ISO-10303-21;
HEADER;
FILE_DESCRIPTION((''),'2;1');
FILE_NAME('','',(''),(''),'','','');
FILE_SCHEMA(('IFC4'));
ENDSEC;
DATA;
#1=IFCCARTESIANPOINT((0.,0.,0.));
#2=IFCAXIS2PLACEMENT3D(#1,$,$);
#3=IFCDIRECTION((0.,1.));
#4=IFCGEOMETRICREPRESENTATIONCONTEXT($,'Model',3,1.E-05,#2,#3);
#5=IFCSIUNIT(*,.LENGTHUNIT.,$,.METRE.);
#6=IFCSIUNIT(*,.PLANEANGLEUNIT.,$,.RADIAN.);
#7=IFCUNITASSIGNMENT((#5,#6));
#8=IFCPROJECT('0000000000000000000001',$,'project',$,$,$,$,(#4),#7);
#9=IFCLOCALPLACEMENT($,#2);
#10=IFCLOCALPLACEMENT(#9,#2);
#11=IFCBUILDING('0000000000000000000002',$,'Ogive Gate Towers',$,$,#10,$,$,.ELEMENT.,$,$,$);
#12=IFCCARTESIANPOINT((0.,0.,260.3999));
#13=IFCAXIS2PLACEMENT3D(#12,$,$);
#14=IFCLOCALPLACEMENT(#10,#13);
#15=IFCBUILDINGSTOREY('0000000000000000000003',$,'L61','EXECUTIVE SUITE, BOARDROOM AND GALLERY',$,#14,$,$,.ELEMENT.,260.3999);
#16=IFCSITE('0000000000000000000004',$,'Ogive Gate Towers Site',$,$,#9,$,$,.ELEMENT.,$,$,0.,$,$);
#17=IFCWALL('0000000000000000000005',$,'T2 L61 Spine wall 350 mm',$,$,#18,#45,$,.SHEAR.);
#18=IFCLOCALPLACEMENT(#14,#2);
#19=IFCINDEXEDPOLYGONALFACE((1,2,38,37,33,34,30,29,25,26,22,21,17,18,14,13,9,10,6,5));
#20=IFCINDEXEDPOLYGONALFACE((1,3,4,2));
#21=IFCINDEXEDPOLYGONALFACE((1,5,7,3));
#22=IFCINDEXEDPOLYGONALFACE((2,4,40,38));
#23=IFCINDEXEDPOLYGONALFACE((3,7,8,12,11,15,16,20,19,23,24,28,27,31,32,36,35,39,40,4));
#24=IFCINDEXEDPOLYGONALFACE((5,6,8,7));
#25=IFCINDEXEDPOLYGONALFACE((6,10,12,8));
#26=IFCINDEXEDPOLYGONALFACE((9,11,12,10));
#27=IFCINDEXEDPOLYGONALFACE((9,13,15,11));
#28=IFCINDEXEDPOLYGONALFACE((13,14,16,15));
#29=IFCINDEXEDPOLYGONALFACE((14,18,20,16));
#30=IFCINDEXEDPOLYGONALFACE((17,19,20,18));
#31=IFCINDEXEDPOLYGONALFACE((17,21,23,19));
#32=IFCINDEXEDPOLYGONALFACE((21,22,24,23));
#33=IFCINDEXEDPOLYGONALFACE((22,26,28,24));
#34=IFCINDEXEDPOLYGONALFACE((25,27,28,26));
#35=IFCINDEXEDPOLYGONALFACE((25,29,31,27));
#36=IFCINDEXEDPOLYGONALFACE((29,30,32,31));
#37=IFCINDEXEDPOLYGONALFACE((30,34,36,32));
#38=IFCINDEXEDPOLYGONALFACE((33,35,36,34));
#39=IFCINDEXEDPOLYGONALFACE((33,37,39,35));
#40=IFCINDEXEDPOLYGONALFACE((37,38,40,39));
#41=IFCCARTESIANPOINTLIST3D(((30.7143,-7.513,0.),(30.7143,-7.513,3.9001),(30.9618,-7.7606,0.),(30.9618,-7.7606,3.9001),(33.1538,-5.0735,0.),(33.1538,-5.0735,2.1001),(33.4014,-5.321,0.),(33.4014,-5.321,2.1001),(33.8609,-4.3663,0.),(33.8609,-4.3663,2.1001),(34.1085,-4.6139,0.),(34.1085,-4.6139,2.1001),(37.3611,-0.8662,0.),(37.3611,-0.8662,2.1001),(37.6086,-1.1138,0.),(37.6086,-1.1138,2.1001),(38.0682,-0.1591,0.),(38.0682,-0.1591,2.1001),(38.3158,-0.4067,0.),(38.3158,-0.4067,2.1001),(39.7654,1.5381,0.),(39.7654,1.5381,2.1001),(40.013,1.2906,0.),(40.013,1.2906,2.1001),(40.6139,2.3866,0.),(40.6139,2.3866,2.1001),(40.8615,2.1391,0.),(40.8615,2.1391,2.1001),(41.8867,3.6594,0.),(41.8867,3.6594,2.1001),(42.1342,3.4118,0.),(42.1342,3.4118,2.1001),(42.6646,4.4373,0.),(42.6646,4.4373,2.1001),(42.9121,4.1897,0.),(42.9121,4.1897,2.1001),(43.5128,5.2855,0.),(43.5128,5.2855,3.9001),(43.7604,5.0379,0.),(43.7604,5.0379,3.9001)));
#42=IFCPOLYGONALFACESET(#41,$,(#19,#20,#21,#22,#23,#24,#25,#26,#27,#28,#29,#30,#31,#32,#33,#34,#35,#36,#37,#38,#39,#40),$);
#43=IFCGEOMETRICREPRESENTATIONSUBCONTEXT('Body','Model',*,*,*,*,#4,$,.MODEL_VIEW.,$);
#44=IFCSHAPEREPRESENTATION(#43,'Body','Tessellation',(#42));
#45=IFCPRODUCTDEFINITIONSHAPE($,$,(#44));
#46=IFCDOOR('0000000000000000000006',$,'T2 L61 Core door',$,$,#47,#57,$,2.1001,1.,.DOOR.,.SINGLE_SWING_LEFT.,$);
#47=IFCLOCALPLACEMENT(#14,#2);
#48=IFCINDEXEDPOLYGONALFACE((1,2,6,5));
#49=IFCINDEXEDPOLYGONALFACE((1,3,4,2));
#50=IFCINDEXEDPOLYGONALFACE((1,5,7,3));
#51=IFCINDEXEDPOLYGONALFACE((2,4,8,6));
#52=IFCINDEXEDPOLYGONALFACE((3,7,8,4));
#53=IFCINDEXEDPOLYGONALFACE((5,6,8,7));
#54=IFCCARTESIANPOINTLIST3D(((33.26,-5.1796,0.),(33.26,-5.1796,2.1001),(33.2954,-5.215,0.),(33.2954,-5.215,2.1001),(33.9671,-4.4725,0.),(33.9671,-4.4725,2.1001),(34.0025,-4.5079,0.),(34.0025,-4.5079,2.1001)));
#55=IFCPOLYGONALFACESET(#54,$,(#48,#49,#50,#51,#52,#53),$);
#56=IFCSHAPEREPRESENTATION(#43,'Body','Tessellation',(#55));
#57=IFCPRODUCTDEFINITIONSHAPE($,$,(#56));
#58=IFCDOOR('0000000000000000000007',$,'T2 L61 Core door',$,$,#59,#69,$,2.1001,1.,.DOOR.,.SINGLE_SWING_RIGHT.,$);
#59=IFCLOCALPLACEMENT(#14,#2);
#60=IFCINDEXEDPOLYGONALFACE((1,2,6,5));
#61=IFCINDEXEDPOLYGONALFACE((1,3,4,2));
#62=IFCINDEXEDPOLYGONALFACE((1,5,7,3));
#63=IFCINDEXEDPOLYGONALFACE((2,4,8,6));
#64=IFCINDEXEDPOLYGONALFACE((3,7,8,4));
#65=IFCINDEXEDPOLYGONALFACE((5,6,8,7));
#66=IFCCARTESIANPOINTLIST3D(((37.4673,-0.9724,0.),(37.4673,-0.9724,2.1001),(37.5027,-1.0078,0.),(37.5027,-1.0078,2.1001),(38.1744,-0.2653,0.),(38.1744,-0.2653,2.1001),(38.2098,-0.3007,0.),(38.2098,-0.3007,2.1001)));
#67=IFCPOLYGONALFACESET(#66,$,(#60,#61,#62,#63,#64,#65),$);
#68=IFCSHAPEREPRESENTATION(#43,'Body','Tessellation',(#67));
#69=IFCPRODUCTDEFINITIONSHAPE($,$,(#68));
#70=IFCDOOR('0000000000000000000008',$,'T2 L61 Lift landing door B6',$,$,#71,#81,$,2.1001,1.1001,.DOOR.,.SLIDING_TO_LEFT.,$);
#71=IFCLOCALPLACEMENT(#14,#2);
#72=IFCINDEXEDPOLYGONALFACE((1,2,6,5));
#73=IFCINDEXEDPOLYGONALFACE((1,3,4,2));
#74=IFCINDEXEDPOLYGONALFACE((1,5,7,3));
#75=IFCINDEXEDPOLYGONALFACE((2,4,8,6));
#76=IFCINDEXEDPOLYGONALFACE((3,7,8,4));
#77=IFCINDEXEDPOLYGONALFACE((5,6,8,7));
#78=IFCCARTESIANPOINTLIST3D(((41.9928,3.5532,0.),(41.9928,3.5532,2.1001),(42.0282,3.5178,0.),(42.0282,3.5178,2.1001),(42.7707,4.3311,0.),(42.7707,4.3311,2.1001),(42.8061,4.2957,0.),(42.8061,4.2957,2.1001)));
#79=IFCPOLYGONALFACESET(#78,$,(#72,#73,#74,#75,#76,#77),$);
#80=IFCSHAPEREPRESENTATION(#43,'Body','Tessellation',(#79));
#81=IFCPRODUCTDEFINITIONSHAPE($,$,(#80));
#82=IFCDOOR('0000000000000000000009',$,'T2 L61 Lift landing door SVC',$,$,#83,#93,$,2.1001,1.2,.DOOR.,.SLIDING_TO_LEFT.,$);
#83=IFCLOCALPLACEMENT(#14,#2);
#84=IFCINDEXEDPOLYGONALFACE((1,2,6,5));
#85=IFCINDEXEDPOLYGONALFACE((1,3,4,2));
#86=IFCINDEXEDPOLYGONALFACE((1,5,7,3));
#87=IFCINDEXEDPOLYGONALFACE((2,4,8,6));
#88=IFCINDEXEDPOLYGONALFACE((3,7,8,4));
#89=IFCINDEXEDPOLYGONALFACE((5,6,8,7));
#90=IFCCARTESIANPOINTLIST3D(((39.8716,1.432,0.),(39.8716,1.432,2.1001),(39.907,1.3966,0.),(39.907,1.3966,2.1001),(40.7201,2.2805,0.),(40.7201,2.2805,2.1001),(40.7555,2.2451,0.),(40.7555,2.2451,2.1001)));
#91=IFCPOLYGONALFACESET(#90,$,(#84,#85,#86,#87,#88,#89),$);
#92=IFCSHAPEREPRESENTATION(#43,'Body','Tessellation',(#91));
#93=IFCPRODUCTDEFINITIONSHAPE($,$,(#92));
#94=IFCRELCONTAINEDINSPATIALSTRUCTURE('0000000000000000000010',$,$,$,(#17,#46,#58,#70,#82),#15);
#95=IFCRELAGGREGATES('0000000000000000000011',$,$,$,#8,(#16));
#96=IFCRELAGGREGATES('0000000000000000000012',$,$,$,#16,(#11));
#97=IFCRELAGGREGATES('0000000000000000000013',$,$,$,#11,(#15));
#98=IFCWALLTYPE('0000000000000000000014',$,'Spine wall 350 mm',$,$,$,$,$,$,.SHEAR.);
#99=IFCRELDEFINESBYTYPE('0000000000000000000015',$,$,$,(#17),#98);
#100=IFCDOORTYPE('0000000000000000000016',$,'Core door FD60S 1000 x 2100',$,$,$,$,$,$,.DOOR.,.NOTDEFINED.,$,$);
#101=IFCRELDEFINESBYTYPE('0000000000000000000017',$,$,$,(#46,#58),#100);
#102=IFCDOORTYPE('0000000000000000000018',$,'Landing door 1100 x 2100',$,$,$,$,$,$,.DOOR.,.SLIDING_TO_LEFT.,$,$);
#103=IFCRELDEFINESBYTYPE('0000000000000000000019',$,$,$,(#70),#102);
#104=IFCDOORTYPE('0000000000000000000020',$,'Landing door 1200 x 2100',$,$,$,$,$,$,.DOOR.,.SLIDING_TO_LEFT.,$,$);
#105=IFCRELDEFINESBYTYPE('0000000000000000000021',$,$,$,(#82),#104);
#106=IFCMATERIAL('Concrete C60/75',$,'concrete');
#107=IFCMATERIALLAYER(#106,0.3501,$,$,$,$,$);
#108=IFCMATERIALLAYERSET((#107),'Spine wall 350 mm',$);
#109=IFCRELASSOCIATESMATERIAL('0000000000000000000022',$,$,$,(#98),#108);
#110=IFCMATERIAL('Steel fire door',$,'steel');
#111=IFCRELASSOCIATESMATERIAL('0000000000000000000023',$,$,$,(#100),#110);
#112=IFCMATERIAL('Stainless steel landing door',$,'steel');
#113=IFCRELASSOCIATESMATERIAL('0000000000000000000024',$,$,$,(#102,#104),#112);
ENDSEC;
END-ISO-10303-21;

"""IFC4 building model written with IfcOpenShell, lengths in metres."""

from ifc_helpers import new_model, si_unit, direction, frame, frame_2d, origin, place, context, subcontext, project, spatial, rectangle, extrude, material, layer, layer_set, type_object, element, fill, save


model = new_model("IFC4")

# Units and contexts
model_context = context("Model", 3, precision=1e-05, world=origin(), true_north=direction((0.0, 1.0)))
body_context = subcontext(model_context, "Body", "Model", "MODEL_VIEW")
ifc_project = project(units=[si_unit("LENGTHUNIT", "METRE"), si_unit("PLANEANGLEUNIT", "RADIAN")], contexts=[model_context])

# Site, building, storey
site_placement = place(None, origin())
site = spatial("IfcSite", under=ifc_project, at=site_placement, Name="Ogive Gate Towers Site", CompositionType="ELEMENT", RefElevation=0.0)
building_placement = place(site_placement, origin())
building = spatial("IfcBuilding", under=site, at=building_placement, Name="Ogive Gate Towers", CompositionType="ELEMENT")
storey_placement = place(building_placement, frame((0.0, 0.0, 260.3999)))
storey = spatial("IfcBuildingStorey", under=building, at=storey_placement, Name="L61", Description="EXECUTIVE SUITE, BOARDROOM AND GALLERY", CompositionType="ELEMENT", Elevation=260.3999)

# Shared definitions
ifc_material_1 = material(Name="Concrete C60/75", Category="concrete")

# Wall, openings, doors
ifc_layer_1 = layer(ifc_material_1, 0.3501)
ifc_layer_set_1 = layer_set([ifc_layer_1], Name="Spine wall 350 mm")
wall_type_1 = type_object("IfcWallType", Name="Spine wall 350 mm", PredefinedType="SHEAR", material=ifc_layer_set_1)
wall_1_placement = place(storey_placement, frame((30.8381, -7.6367, 0.0), z_axis=(0.0, 0.0, 1.0), x_axis=(0.707107, 0.707107, 0.0)))
wall_1 = element("IfcWall", 1, at=wall_1_placement, inside=storey, type_object=wall_type_1, Name="T2 L61 Spine wall 350 mm", PredefinedType="SHEAR", context=body_context, shape_type="SweptSolid", body=[
    extrude(rectangle(XDim=18.0999, YDim=0.3501, at=frame_2d((9.0498, 0.0))), origin(), (0.0, 0.0, 1.0), 3.9001),
])
opening_1_placement = place(wall_1_placement, frame((12.8, 0.0, 0.0)))
opening_1 = element("IfcOpeningElement", 2, at=opening_1_placement, cuts=wall_1, PredefinedType="OPENING", context=body_context, shape_type="SweptSolid", body=[
    extrude(rectangle(XDim=1.2, YDim=2.1001, at=frame_2d((0.6001, 1.05))), frame((0.0, 0.1851, 0.0), z_axis=(0.0, -1.0, 0.0), x_axis=(1.0, 0.0, 0.0)), (0.0, 0.0, 1.0), 0.3701),
])
opening_2_placement = place(wall_1_placement, frame((15.8, 0.0, 0.0)))
opening_2 = element("IfcOpeningElement", 3, at=opening_2_placement, cuts=wall_1, PredefinedType="OPENING", context=body_context, shape_type="SweptSolid", body=[
    extrude(rectangle(XDim=1.1001, YDim=2.1001, at=frame_2d((0.55, 1.05))), frame((0.0, 0.1851, 0.0), z_axis=(0.0, -1.0, 0.0), x_axis=(1.0, 0.0, 0.0)), (0.0, 0.0, 1.0), 0.3701),
])
opening_3_placement = place(wall_1_placement, frame((3.45, 0.0, 0.0)))
opening_3 = element("IfcOpeningElement", 4, at=opening_3_placement, cuts=wall_1, PredefinedType="OPENING", context=body_context, shape_type="SweptSolid", body=[
    extrude(rectangle(XDim=1.0, YDim=2.1001, at=frame_2d((0.5, 1.05))), frame((0.0, 0.1851, 0.0), z_axis=(0.0, -1.0, 0.0), x_axis=(1.0, 0.0, 0.0)), (0.0, 0.0, 1.0), 0.3701),
])
opening_4_placement = place(wall_1_placement, frame((9.3999, 0.0, 0.0)))
opening_4 = element("IfcOpeningElement", 5, at=opening_4_placement, cuts=wall_1, PredefinedType="OPENING", context=body_context, shape_type="SweptSolid", body=[
    extrude(rectangle(XDim=1.0, YDim=2.1001, at=frame_2d((0.5, 1.05))), frame((0.0, 0.1851, 0.0), z_axis=(0.0, -1.0, 0.0), x_axis=(1.0, 0.0, 0.0)), (0.0, 0.0, 1.0), 0.3701),
])
ifc_material_2 = material(Name="Steel fire door", Category="steel")
door_type_1 = type_object("IfcDoorType", Name="Core door FD60S 1000 x 2100", OperationType="NOTDEFINED", PredefinedType="DOOR", material=ifc_material_2)
door_1_placement = place(opening_3_placement, origin())
door_1 = element("IfcDoor", 6, at=door_1_placement, inside=storey, type_object=door_type_1, Name="T2 L61 Core door", OperationType="SINGLE_SWING_LEFT", OverallHeight=2.1001, OverallWidth=1.0, PredefinedType="DOOR", context=body_context, shape_type="SweptSolid", body=[
    extrude(rectangle(XDim=1.0, YDim=2.1001, at=frame_2d((0.5, 1.05))), frame((0.0, 0.0249, 0.0), z_axis=(0.0, -1.0, 0.0), x_axis=(1.0, 0.0, 0.0)), (0.0, 0.0, 1.0), 0.05),
])
fill(opening_3, door_1)
door_2_placement = place(opening_4_placement, origin())
door_2 = element("IfcDoor", 7, at=door_2_placement, inside=storey, type_object=door_type_1, Name="T2 L61 Core door", OperationType="SINGLE_SWING_RIGHT", OverallHeight=2.1001, OverallWidth=1.0, PredefinedType="DOOR", context=body_context, shape_type="SweptSolid", body=[
    extrude(rectangle(XDim=1.0, YDim=2.1001, at=frame_2d((0.5, 1.05))), frame((0.0, 0.0249, 0.0), z_axis=(0.0, -1.0, 0.0), x_axis=(1.0, 0.0, 0.0)), (0.0, 0.0, 1.0), 0.05),
])
fill(opening_4, door_2)
ifc_material_3 = material(Name="Stainless steel landing door", Category="steel")
door_type_2 = type_object("IfcDoorType", Name="Landing door 1100 x 2100", OperationType="SLIDING_TO_LEFT", PredefinedType="DOOR", material=ifc_material_3)
door_3_placement = place(opening_2_placement, origin())
door_3 = element("IfcDoor", 8, at=door_3_placement, inside=storey, type_object=door_type_2, Name="T2 L61 Lift landing door B6", OperationType="SLIDING_TO_LEFT", OverallHeight=2.1001, OverallWidth=1.1001, PredefinedType="DOOR", context=body_context, shape_type="SweptSolid", body=[
    extrude(rectangle(XDim=1.1001, YDim=2.1001, at=frame_2d((0.55, 1.05))), frame((0.0, 0.0249, 0.0), z_axis=(0.0, -1.0, 0.0), x_axis=(1.0, 0.0, 0.0)), (0.0, 0.0, 1.0), 0.05),
])
fill(opening_2, door_3)
door_type_3 = type_object("IfcDoorType", Name="Landing door 1200 x 2100", OperationType="SLIDING_TO_LEFT", PredefinedType="DOOR", material=ifc_material_3)
door_4_placement = place(opening_1_placement, origin())
door_4 = element("IfcDoor", 9, at=door_4_placement, inside=storey, type_object=door_type_3, Name="T2 L61 Lift landing door SVC", OperationType="SLIDING_TO_LEFT", OverallHeight=2.1001, OverallWidth=1.2, PredefinedType="DOOR", context=body_context, shape_type="SweptSolid", body=[
    extrude(rectangle(XDim=1.2, YDim=2.1001, at=frame_2d((0.6001, 1.05))), frame((0.0, 0.0249, 0.0), z_axis=(0.0, -1.0, 0.0), x_axis=(1.0, 0.0, 0.0)), (0.0, 0.0, 1.0), 0.05),
])
fill(opening_1, door_4)

save(model, "model.ifc")
